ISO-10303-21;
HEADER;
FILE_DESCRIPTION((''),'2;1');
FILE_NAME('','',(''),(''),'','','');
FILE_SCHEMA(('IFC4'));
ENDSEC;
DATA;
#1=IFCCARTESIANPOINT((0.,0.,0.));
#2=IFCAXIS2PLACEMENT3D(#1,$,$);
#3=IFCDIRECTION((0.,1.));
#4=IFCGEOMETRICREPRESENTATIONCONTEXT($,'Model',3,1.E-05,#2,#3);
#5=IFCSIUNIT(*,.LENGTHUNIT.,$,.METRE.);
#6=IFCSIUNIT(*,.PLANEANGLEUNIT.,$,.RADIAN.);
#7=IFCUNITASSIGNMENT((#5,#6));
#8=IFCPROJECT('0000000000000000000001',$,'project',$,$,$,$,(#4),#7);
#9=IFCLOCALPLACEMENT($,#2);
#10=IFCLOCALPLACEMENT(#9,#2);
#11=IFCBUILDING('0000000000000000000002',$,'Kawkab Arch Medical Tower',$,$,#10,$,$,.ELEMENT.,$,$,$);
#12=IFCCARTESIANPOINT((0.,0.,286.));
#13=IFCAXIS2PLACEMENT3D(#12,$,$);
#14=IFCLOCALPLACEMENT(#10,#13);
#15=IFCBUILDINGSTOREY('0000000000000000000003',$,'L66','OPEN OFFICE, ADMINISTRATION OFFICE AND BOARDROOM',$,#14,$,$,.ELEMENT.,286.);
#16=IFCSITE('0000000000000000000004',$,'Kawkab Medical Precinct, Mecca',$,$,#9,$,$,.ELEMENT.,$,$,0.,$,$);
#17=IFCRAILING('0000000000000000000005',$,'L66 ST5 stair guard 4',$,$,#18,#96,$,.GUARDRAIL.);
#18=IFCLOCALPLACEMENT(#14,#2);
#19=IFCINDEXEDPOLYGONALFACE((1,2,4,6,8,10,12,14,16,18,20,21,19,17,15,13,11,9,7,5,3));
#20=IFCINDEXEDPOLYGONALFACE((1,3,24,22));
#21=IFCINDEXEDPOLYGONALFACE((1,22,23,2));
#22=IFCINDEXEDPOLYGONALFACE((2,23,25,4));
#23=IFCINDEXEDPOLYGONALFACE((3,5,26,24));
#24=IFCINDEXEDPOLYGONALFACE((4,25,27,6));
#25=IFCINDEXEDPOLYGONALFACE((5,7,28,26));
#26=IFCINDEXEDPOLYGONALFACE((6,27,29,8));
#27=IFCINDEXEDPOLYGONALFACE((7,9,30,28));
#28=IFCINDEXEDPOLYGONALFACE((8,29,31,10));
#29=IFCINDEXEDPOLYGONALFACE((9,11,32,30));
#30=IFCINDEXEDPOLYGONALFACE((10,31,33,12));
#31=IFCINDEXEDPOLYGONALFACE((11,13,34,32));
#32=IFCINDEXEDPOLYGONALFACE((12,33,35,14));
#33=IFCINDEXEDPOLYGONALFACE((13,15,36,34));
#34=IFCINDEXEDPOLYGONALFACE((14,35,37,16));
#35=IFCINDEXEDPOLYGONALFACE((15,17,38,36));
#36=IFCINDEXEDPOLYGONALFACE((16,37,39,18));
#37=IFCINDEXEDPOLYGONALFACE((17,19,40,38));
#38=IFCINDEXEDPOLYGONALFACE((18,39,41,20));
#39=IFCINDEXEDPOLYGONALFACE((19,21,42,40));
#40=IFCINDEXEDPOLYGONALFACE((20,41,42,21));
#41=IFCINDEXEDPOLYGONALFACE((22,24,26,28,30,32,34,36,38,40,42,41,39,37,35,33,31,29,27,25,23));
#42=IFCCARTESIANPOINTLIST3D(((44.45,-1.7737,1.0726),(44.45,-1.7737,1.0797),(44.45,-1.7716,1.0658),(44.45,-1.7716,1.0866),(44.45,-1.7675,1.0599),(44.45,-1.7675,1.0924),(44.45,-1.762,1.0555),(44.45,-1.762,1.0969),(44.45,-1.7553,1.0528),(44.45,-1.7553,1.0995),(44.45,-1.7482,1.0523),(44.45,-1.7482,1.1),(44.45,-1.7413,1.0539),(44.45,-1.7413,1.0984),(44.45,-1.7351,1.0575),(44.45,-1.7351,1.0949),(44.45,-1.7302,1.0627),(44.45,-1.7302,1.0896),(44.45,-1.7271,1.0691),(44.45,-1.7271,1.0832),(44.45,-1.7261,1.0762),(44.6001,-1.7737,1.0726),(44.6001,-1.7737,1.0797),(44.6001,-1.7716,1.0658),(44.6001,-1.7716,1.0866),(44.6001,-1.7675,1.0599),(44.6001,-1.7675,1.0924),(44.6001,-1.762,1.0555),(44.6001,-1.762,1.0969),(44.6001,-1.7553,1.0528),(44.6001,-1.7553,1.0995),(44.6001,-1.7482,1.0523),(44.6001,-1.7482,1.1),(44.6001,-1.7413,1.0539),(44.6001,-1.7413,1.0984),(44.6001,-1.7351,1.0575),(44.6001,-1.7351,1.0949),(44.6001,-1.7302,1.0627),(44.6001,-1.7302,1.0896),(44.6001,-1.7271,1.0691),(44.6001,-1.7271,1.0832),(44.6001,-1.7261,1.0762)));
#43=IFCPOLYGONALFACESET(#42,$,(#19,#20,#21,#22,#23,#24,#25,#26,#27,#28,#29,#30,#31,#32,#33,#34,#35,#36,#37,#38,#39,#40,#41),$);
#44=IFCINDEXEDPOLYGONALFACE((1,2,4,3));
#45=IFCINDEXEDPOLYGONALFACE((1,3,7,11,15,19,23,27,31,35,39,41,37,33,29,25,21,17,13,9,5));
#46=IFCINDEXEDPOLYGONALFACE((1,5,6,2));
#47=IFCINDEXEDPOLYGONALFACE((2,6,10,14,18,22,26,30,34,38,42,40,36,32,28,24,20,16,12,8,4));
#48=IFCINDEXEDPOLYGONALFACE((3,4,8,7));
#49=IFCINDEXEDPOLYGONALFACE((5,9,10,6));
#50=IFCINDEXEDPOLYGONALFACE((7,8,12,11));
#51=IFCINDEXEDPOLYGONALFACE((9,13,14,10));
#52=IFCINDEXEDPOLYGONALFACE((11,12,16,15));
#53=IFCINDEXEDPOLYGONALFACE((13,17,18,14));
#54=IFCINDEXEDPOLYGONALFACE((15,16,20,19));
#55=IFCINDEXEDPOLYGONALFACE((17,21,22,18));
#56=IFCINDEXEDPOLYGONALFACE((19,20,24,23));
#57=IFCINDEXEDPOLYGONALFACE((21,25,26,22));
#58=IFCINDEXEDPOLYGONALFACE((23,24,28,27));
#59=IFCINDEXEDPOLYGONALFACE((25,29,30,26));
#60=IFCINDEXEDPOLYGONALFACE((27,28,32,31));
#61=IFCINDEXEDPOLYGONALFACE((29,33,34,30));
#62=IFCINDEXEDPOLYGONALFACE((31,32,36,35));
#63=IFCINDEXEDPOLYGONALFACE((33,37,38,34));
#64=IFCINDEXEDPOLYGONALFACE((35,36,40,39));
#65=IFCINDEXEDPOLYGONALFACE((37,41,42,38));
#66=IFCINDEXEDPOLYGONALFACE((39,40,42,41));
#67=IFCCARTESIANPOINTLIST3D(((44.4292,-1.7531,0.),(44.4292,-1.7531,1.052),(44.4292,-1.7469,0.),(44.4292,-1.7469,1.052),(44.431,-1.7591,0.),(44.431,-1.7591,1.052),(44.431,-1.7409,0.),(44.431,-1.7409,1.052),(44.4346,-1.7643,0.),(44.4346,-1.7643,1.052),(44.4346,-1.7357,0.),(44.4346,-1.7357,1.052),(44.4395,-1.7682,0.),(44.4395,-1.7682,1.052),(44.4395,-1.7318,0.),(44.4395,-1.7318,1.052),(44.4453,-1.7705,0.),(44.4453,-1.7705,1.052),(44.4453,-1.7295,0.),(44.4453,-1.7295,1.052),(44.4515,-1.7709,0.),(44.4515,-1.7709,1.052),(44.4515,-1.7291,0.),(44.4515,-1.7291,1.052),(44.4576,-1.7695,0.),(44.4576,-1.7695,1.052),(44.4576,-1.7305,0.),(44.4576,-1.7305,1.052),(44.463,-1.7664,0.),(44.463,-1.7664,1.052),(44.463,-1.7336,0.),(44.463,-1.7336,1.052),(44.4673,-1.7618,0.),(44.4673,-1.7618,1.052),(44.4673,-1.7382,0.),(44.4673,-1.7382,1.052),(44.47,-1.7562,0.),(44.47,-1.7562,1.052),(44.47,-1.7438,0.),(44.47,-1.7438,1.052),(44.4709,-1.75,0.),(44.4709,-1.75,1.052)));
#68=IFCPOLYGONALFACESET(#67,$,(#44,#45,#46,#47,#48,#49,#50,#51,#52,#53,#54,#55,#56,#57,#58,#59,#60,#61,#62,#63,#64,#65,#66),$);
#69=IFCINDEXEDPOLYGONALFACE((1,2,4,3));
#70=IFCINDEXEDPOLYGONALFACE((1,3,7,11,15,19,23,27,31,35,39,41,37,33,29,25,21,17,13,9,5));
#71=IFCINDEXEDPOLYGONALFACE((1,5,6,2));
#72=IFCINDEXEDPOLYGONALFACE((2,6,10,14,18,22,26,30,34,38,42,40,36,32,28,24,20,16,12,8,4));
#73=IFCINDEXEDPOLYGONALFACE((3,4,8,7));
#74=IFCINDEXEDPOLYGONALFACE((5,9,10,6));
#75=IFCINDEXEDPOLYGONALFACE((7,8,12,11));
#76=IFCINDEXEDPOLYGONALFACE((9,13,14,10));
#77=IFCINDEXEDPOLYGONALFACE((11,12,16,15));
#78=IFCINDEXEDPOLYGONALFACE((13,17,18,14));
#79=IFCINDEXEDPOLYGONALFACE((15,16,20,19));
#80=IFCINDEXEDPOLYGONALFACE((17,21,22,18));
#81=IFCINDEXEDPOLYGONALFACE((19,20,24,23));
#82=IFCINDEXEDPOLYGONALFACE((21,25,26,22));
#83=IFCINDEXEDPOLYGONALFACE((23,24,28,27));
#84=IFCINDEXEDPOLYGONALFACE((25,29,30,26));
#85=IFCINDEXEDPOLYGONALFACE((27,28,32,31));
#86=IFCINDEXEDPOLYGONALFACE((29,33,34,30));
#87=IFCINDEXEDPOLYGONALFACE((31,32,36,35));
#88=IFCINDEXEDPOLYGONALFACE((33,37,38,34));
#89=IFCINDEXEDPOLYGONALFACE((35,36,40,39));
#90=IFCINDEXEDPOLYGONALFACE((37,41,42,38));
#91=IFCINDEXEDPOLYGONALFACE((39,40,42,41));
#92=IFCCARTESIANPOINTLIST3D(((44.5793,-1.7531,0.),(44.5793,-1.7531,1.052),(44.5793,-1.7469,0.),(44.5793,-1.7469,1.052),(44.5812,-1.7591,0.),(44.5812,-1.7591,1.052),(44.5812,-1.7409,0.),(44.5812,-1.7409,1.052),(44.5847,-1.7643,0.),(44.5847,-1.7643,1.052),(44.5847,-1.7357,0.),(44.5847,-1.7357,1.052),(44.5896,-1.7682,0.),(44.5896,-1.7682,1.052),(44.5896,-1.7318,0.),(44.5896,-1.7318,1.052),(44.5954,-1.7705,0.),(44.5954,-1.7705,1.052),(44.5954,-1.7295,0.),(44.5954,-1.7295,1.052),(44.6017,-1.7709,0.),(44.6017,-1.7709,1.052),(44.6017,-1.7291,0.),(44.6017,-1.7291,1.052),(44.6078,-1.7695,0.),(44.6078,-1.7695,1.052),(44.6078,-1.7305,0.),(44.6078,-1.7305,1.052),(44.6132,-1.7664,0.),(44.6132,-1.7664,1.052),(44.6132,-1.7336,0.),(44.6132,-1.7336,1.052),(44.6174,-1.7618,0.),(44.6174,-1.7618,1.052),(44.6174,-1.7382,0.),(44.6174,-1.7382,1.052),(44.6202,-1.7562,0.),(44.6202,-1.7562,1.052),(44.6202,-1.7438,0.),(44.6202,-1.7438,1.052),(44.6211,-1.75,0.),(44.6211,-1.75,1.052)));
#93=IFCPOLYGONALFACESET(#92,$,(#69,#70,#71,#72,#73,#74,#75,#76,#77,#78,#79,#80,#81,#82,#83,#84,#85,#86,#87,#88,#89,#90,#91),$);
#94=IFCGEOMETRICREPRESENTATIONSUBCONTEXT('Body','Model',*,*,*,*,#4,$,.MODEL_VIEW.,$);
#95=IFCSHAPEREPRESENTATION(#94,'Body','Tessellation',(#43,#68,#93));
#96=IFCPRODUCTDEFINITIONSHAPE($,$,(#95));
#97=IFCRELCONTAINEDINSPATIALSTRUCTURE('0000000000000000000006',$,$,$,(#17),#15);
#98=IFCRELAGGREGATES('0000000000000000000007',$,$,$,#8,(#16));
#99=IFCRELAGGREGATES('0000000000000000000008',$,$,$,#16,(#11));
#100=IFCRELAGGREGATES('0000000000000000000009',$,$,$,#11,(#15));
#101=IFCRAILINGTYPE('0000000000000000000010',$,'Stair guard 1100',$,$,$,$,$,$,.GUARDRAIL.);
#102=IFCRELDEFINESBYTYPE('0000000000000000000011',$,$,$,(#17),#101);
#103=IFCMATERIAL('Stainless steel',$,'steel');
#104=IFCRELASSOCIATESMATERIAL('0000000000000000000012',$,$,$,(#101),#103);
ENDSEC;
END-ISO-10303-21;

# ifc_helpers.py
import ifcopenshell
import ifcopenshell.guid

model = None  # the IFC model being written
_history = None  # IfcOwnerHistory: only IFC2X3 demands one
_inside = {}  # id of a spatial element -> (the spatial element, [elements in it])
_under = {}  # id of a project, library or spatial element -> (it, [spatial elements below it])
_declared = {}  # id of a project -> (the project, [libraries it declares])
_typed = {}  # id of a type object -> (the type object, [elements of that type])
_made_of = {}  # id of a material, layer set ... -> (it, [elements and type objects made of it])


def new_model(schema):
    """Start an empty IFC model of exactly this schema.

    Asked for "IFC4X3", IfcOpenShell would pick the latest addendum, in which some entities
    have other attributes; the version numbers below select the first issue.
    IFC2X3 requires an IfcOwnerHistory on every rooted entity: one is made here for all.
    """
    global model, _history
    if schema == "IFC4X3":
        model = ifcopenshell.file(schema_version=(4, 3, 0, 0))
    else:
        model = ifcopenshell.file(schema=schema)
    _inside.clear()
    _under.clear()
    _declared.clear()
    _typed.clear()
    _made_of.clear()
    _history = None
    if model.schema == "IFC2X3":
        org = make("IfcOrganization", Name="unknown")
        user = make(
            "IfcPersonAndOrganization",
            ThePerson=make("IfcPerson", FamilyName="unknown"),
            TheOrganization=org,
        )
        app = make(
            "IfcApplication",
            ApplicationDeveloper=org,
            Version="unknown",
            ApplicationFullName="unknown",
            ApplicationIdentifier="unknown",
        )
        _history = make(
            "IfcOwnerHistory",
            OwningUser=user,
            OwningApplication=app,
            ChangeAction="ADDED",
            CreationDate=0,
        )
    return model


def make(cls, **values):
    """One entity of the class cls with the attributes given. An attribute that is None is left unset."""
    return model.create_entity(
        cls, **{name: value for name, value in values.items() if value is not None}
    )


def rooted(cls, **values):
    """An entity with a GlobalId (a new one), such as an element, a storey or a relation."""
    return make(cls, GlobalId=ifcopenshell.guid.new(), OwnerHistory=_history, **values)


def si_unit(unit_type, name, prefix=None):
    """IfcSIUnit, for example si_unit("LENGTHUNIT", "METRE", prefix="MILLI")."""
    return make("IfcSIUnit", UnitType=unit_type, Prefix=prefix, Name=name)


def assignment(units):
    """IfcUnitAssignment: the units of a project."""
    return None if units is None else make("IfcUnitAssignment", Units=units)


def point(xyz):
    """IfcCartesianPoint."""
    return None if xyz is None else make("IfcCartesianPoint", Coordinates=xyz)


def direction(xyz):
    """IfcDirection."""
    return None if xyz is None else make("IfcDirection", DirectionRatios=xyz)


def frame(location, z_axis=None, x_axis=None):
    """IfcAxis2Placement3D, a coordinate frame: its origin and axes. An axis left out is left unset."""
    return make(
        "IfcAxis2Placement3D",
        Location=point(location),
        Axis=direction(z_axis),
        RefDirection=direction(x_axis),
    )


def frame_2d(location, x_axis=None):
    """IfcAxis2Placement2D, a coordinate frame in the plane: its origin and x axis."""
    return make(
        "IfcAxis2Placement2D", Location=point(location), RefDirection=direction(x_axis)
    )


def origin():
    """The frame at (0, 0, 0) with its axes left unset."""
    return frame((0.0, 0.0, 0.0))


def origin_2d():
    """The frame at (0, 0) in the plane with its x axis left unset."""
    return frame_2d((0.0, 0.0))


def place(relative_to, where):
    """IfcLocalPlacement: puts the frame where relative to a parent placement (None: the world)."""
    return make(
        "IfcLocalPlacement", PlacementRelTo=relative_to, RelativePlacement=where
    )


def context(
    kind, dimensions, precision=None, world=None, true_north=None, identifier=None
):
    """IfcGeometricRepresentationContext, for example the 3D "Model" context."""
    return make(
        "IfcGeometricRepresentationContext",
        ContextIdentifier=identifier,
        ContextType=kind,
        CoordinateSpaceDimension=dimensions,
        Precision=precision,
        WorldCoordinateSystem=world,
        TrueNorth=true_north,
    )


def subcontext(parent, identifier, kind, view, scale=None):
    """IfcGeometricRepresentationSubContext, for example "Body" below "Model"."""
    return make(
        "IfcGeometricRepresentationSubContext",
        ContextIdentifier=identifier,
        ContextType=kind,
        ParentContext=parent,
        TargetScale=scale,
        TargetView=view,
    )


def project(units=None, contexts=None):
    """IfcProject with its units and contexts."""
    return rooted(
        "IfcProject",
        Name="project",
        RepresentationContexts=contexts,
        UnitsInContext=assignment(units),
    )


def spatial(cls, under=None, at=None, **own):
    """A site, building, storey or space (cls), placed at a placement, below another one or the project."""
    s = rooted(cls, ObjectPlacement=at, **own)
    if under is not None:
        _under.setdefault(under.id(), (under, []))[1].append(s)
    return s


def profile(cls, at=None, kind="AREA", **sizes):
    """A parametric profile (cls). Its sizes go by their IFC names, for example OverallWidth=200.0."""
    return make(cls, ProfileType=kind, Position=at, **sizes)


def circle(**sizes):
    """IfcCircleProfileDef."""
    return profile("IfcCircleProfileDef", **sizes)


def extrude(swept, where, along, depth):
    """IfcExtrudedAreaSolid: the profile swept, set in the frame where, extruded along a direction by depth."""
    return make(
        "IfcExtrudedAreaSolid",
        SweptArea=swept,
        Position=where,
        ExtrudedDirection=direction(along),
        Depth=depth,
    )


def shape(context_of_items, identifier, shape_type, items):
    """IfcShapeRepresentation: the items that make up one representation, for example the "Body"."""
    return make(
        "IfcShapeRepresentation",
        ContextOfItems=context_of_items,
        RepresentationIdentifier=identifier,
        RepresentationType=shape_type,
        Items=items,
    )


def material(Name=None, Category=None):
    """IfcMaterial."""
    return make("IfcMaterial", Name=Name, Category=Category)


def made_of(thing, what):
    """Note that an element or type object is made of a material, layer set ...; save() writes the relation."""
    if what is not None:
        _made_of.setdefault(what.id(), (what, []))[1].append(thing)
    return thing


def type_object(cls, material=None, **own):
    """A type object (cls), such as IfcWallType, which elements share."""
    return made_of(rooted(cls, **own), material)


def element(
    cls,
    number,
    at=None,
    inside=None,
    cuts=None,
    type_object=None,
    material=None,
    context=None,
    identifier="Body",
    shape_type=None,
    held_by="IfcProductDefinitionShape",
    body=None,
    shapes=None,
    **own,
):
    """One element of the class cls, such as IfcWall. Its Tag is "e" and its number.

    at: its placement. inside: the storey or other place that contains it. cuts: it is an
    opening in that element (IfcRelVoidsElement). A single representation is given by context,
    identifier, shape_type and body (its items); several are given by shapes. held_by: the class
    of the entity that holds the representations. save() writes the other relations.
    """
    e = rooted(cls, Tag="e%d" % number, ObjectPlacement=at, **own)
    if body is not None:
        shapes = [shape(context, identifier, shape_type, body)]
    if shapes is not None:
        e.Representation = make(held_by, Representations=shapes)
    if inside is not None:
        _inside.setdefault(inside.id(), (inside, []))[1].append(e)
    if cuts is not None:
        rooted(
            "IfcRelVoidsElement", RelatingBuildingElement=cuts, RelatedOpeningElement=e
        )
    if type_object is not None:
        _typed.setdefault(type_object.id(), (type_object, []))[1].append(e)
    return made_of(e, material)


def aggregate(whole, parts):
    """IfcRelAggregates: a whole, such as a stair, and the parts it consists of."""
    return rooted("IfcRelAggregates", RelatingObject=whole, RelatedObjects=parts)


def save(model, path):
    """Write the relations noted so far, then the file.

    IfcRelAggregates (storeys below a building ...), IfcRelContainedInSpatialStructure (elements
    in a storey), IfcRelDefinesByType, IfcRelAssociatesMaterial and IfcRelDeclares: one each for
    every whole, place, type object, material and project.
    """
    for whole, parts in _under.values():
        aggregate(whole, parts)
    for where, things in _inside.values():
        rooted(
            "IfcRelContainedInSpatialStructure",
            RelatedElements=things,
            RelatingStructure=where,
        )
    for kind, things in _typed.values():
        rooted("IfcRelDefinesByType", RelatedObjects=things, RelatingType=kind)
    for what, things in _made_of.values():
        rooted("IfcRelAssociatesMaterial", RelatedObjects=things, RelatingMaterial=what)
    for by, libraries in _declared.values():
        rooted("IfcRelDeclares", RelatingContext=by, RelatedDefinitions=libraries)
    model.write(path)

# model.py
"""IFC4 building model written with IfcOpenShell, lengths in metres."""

from ifc_helpers import new_model, si_unit, direction, frame, origin, origin_2d, place, context, subcontext, project, spatial, circle, extrude, material, type_object, element, save


model = new_model("IFC4")

# Units and contexts
model_context = context("Model", 3, precision=1e-05, world=origin(), true_north=direction((0.0, 1.0)))
body_context = subcontext(model_context, "Body", "Model", "MODEL_VIEW")
ifc_project = project(units=[si_unit("LENGTHUNIT", "METRE"), si_unit("PLANEANGLEUNIT", "RADIAN")], contexts=[model_context])

# Site, building, storey
site_placement = place(None, origin())
site = spatial("IfcSite", under=ifc_project, at=site_placement, Name="Kawkab Medical Precinct, Mecca", CompositionType="ELEMENT", RefElevation=0.0)
building_placement = place(site_placement, origin())
building = spatial("IfcBuilding", under=site, at=building_placement, Name="Kawkab Arch Medical Tower", CompositionType="ELEMENT")
storey_placement = place(building_placement, frame((0.0, 0.0, 286.0)))
storey = spatial("IfcBuildingStorey", under=building, at=storey_placement, Name="L66", Description="OPEN OFFICE, ADMINISTRATION OFFICE AND BOARDROOM", CompositionType="ELEMENT", Elevation=286.0)

# Railing
ifc_material_1 = material(Name="Stainless steel", Category="steel")
railing_type_1 = type_object("IfcRailingType", Name="Stair guard 1100", PredefinedType="GUARDRAIL", material=ifc_material_1)
railing_1_placement = place(storey_placement, frame((44.45, -1.75, 0.0)))
element("IfcRailing", 1, at=railing_1_placement, inside=storey, type_object=railing_type_1, Name="L66 ST5 stair guard 4", PredefinedType="GUARDRAIL", context=body_context, shape_type="SweptSolid", body=[
    extrude(circle(Radius=0.0239, at=origin_2d()), frame((0.0, 0.0, 1.0762), z_axis=(1.0, 0.0, 0.0), x_axis=(0.0, 1.0, 0.0)), (0.0, 0.0, 1.0), 0.1501),
    extrude(circle(Radius=0.021, at=origin_2d()), origin(), (0.0, 0.0, 1.0), 1.052),
    extrude(circle(Radius=0.021, at=origin_2d()), frame((0.1501, 0.0, 0.0)), (0.0, 0.0, 1.0), 1.052),
])

save(model, "model.ifc")
